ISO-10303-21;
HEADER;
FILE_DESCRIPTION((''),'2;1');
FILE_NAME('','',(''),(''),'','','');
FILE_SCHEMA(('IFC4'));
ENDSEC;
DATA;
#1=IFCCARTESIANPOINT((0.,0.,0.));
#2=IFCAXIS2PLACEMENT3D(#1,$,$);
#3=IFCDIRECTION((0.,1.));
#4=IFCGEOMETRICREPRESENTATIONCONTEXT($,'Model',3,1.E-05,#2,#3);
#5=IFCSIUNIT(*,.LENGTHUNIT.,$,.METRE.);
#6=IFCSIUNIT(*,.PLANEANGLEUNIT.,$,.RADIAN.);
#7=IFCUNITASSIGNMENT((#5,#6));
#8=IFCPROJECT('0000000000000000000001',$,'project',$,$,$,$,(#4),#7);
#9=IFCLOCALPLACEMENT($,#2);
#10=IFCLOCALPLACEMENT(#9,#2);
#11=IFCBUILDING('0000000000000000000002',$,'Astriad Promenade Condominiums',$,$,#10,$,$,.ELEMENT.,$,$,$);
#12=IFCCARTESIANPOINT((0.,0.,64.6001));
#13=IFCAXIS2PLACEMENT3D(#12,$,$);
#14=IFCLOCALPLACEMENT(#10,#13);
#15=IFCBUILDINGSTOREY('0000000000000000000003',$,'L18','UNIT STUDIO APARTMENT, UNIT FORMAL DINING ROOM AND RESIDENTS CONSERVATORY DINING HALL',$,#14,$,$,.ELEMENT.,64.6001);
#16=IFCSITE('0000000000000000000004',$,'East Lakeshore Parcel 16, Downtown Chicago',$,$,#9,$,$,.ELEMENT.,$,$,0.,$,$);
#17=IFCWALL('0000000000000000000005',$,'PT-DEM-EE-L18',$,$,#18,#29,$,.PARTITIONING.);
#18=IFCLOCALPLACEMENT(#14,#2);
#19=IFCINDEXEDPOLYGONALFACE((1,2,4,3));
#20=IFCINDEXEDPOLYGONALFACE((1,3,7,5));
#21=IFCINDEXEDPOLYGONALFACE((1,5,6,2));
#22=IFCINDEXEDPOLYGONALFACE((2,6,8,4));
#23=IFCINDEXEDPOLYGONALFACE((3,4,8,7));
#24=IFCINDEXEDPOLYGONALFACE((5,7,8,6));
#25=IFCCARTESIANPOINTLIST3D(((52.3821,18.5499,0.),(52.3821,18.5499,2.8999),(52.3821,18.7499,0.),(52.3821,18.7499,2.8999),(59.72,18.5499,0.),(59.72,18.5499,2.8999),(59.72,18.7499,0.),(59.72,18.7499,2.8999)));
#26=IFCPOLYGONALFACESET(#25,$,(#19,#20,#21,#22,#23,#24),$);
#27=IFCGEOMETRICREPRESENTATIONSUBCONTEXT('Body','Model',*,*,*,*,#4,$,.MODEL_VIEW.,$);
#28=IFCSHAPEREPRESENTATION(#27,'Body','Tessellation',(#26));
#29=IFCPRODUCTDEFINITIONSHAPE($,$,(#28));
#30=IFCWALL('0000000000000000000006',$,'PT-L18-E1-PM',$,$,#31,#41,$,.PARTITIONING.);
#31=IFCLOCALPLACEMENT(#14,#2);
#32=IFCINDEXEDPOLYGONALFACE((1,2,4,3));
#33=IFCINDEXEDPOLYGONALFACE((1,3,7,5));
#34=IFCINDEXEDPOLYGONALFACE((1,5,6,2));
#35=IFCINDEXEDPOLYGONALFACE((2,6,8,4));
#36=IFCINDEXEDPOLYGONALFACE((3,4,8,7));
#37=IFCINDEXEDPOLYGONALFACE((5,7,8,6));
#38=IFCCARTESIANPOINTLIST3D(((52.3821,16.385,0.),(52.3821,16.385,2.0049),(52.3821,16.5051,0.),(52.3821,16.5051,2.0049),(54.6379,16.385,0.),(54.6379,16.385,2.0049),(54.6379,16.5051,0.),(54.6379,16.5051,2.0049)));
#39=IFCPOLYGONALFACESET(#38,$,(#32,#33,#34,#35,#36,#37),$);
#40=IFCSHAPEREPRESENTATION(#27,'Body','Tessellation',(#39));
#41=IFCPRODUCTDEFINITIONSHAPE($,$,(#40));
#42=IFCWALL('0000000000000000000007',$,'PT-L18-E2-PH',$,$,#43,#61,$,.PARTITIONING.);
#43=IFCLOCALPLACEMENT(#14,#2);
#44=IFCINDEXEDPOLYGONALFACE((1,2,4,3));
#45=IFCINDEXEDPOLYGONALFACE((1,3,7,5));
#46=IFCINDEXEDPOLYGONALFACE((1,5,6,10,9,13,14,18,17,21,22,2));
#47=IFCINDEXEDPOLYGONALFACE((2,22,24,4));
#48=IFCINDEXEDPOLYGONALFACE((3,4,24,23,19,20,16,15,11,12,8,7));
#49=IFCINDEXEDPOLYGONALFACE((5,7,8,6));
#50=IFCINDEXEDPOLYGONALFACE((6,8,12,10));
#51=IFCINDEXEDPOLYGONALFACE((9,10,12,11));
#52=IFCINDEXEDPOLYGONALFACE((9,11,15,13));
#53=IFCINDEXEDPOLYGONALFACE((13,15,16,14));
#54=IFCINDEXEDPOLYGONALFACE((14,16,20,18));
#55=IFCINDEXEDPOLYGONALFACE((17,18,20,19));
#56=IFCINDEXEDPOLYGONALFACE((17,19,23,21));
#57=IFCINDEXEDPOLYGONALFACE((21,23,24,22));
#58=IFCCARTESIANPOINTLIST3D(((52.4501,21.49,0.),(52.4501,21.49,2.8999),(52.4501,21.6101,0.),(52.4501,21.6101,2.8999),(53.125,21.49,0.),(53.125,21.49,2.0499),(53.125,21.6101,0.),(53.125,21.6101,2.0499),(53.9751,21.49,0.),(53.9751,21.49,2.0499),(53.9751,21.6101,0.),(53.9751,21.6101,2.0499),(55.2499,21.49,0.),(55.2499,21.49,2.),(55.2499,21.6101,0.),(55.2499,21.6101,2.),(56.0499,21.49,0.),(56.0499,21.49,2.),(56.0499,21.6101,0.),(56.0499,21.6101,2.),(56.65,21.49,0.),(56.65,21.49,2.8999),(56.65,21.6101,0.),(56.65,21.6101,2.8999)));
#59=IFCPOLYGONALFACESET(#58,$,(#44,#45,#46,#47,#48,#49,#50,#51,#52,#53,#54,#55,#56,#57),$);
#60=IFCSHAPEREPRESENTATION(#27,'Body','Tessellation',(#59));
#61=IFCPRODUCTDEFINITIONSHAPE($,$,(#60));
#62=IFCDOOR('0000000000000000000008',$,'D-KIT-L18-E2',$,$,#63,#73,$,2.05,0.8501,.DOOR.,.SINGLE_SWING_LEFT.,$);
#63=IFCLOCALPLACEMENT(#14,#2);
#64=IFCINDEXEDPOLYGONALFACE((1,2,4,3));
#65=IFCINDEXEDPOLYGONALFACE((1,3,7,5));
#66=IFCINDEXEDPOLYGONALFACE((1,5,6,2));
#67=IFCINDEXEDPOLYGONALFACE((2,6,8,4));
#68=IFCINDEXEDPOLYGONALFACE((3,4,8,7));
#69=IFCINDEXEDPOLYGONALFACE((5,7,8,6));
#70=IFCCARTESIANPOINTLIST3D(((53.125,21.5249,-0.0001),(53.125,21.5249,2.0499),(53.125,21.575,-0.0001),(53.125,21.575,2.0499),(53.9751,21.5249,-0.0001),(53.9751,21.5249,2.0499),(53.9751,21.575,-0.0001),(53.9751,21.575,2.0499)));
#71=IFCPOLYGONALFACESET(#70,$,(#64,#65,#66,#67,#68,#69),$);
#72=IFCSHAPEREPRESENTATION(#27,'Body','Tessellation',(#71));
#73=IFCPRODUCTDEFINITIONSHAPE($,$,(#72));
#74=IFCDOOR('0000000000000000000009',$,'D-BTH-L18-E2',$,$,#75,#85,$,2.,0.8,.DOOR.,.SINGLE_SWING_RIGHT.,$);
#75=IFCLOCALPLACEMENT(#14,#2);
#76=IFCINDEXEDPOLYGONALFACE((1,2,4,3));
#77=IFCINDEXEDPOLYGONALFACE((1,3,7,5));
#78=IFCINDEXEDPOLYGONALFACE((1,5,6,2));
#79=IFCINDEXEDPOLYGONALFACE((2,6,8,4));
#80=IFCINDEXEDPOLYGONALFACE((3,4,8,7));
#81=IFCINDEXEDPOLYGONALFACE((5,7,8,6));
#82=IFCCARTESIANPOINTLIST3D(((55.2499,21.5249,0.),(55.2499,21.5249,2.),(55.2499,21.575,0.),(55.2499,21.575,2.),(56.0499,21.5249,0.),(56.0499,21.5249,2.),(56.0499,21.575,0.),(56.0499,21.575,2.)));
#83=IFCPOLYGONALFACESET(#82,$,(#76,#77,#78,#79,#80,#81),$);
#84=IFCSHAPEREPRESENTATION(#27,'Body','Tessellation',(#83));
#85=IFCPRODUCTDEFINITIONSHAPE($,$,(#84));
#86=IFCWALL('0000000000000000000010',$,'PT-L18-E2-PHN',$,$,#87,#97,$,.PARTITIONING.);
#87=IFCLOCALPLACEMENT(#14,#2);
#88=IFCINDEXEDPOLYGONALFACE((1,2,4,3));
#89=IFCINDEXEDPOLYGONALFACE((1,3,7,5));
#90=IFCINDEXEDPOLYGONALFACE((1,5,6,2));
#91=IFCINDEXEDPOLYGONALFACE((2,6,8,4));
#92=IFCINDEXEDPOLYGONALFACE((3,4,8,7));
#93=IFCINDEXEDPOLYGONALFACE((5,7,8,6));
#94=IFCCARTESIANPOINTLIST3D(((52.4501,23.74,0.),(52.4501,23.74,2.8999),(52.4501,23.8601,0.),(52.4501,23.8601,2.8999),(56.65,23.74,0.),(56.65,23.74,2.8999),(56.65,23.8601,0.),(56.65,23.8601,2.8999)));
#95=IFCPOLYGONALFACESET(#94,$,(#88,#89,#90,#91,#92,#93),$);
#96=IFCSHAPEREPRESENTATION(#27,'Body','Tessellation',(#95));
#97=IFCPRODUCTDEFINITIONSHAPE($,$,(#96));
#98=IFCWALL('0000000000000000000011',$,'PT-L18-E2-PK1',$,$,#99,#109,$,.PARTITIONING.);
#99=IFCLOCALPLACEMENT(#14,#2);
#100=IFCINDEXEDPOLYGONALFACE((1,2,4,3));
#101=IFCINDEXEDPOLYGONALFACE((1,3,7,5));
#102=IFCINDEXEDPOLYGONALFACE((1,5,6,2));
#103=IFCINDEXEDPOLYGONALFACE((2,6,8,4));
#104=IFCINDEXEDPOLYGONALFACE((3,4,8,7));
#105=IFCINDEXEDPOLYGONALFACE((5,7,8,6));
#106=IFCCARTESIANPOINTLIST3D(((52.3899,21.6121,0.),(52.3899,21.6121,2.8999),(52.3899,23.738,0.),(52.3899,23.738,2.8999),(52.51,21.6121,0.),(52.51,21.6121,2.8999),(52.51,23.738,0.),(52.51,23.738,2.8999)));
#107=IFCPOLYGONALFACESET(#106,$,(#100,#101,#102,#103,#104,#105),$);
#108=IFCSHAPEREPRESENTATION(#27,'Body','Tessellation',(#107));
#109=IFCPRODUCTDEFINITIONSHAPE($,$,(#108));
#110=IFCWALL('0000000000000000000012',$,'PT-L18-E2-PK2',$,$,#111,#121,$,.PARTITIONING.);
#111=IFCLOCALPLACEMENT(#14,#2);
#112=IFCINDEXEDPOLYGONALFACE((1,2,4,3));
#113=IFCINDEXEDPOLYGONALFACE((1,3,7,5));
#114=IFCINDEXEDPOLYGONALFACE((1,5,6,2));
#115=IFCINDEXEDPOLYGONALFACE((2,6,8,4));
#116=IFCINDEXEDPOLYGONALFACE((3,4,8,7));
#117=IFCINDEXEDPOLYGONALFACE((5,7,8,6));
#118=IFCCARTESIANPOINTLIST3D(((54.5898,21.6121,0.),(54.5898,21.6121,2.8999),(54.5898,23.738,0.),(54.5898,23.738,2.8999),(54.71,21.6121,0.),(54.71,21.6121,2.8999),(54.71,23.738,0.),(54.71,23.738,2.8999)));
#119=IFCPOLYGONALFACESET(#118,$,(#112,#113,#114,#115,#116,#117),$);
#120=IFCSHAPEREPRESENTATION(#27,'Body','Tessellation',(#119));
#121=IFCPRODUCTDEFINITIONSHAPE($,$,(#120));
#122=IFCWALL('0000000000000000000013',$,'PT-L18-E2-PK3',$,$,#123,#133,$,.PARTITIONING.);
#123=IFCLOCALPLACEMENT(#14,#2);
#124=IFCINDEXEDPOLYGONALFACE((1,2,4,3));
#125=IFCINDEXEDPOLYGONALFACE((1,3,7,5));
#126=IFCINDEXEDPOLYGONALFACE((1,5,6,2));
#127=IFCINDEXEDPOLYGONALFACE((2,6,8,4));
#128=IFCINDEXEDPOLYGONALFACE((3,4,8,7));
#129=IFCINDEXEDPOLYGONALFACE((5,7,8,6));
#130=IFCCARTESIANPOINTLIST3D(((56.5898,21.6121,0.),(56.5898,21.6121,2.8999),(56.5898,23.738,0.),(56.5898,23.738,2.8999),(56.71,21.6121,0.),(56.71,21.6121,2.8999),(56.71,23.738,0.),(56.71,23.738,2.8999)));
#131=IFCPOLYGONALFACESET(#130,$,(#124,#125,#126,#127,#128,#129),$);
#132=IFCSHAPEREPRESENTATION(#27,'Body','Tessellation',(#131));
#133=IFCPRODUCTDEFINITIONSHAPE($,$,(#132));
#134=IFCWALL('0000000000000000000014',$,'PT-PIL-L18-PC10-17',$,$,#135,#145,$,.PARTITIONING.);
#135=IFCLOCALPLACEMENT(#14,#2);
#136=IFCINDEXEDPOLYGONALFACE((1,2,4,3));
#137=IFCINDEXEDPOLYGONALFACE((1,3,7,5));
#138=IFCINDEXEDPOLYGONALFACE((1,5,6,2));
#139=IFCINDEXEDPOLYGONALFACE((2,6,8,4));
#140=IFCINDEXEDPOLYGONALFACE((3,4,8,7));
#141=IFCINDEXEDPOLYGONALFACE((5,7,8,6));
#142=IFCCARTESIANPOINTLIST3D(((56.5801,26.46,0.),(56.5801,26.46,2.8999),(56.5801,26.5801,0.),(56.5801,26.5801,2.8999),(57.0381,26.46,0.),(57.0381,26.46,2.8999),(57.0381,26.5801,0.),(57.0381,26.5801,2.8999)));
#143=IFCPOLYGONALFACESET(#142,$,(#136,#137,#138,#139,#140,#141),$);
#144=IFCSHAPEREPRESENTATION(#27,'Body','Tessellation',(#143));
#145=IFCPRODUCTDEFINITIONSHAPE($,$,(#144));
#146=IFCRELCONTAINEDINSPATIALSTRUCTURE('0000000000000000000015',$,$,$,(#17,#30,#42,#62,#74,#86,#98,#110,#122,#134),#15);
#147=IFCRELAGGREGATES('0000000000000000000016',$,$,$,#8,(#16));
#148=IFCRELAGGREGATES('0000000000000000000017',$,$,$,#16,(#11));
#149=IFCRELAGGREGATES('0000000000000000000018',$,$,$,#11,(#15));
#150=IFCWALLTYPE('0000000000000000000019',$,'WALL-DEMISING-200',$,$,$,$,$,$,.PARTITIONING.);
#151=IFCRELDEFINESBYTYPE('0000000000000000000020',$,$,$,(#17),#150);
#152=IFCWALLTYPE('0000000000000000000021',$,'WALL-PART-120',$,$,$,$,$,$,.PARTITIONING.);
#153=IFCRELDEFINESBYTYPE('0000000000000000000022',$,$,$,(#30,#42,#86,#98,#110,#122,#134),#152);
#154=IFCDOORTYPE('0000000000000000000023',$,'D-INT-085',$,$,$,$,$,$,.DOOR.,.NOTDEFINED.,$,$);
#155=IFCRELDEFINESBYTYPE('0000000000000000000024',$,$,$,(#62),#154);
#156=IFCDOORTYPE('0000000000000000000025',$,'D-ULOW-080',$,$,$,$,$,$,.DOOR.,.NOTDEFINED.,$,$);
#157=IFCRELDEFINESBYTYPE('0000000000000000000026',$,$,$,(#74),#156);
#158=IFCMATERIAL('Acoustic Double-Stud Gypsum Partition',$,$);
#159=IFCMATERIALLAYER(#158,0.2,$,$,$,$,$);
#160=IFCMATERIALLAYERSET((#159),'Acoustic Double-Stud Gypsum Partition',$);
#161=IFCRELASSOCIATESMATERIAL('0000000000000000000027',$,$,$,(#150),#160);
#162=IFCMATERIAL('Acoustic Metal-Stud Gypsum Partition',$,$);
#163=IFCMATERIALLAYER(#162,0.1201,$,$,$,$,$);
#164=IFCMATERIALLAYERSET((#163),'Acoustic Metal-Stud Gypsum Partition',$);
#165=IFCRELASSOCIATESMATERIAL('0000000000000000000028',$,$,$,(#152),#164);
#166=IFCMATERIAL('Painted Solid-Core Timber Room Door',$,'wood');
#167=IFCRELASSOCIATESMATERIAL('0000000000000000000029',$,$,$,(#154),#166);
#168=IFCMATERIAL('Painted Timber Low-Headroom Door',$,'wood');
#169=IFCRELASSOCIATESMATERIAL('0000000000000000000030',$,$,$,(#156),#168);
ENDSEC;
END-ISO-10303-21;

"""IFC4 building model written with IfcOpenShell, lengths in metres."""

from ifc_helpers import new_model, si_unit, direction, frame, frame_2d, origin, place, context, subcontext, project, spatial, rectangle, extrude, source, transform, mapped, material, layer, layer_set, type_object, type_shapes, element, fill, save


model = new_model("IFC4")

# Units and contexts
model_context = context("Model", 3, precision=1e-05, world=origin(), true_north=direction((0.0, 1.0)))
body_context = subcontext(model_context, "Body", "Model", "MODEL_VIEW")
ifc_project = project(units=[si_unit("LENGTHUNIT", "METRE"), si_unit("PLANEANGLEUNIT", "RADIAN")], contexts=[model_context])

# Site, building, storey
site_placement = place(None, origin())
site = spatial("IfcSite", under=ifc_project, at=site_placement, Name="East Lakeshore Parcel 16, Downtown Chicago", CompositionType="ELEMENT", RefElevation=0.0)
building_placement = place(site_placement, origin())
building = spatial("IfcBuilding", under=site, at=building_placement, Name="Astriad Promenade Condominiums", CompositionType="ELEMENT")
storey_placement = place(building_placement, frame((0.0, 0.0, 64.6001)))
storey = spatial("IfcBuildingStorey", under=building, at=storey_placement, Name="L18", Description="UNIT STUDIO APARTMENT, UNIT FORMAL DINING ROOM AND RESIDENTS CONSERVATORY DINING HALL", CompositionType="ELEMENT", Elevation=64.6001)

# Walls
ifc_material_1 = material(Name="Acoustic Double-Stud Gypsum Partition")
ifc_layer_1 = layer(ifc_material_1, 0.2)
ifc_layer_set_1 = layer_set([ifc_layer_1], Name="Acoustic Double-Stud Gypsum Partition")
wall_type_1 = type_object("IfcWallType", Name="WALL-DEMISING-200", PredefinedType="PARTITIONING", material=ifc_layer_set_1)
wall_1_placement = place(storey_placement, frame((52.3821, 18.6499, 0.0), z_axis=(0.0, 0.0, 1.0), x_axis=(1.0, 0.0, 0.0)))
element("IfcWall", 1, at=wall_1_placement, inside=storey, type_object=wall_type_1, Name="PT-DEM-EE-L18", PredefinedType="PARTITIONING", context=body_context, shape_type="SweptSolid", body=[
    extrude(rectangle(XDim=7.3379, YDim=0.2, at=frame_2d((3.6689, 0.0))), origin(), (0.0, 0.0, 1.0), 2.8999),
])
ifc_material_2 = material(Name="Acoustic Metal-Stud Gypsum Partition")
ifc_layer_2 = layer(ifc_material_2, 0.1201)
ifc_layer_set_2 = layer_set([ifc_layer_2], Name="Acoustic Metal-Stud Gypsum Partition")
wall_type_2 = type_object("IfcWallType", Name="WALL-PART-120", PredefinedType="PARTITIONING", material=ifc_layer_set_2)
wall_2_placement = place(storey_placement, frame((52.3821, 16.4451, 0.0), z_axis=(0.0, 0.0, 1.0), x_axis=(1.0, 0.0, 0.0)))
element("IfcWall", 2, at=wall_2_placement, inside=storey, type_object=wall_type_2, Name="PT-L18-E1-PM", PredefinedType="PARTITIONING", context=body_context, shape_type="SweptSolid", body=[
    extrude(rectangle(XDim=2.2559, YDim=0.1201, at=frame_2d((1.1279, 0.0))), origin(), (0.0, 0.0, 1.0), 2.0049),
])

# Wall, openings, doors
wall_3_placement = place(storey_placement, frame((52.45, 21.55, 0.0), z_axis=(0.0, 0.0, 1.0), x_axis=(1.0, 0.0, 0.0)))
wall_3 = element("IfcWall", 3, at=wall_3_placement, inside=storey, type_object=wall_type_2, Name="PT-L18-E2-PH", PredefinedType="PARTITIONING", context=body_context, shape_type="SweptSolid", body=[
    extrude(rectangle(XDim=4.2, YDim=0.1201, at=frame_2d((2.1001, 0.0))), origin(), (0.0, 0.0, 1.0), 2.8999),
])
opening_1_placement = place(wall_3_placement, frame((0.675, 0.0, 0.0)))
opening_1 = element("IfcOpeningElement", 4, at=opening_1_placement, cuts=wall_3, PredefinedType="OPENING", context=body_context, shape_type="SweptSolid", body=[
    extrude(rectangle(XDim=0.8501, YDim=2.05, at=frame_2d((0.425, 1.0249))), frame((0.0, 0.0701, 0.0), z_axis=(0.0, -1.0, 0.0), x_axis=(1.0, 0.0, 0.0)), (0.0, 0.0, 1.0), 0.1401),
])
opening_2_placement = place(wall_3_placement, frame((2.8, 0.0, 0.0)))
opening_2 = element("IfcOpeningElement", 5, at=opening_2_placement, cuts=wall_3, PredefinedType="OPENING", context=body_context, shape_type="SweptSolid", body=[
    extrude(rectangle(XDim=0.8, YDim=2.0, at=frame_2d((0.3999, 1.0))), frame((0.0, 0.0701, 0.0), z_axis=(0.0, -1.0, 0.0), x_axis=(1.0, 0.0, 0.0)), (0.0, 0.0, 1.0), 0.1401),
])
ifc_material_3 = material(Name="Painted Solid-Core Timber Room Door", Category="wood")
door_type_1 = type_object("IfcDoorType", Name="D-INT-085", OperationType="NOTDEFINED", PredefinedType="DOOR", material=ifc_material_3)
shared_shape_1 = source(origin(), body_context, "Body", "SweptSolid", [
    extrude(rectangle(XDim=0.8501, YDim=2.05, at=frame_2d((0.425, 1.0249))), frame((0.0, 0.0249, 0.0), z_axis=(0.0, -1.0, 0.0), x_axis=(1.0, 0.0, 0.0)), (0.0, 0.0, 1.0), 0.05),
])
type_shapes(door_type_1, [shared_shape_1])
door_1_placement = place(opening_1_placement, origin())
door_1 = element("IfcDoor", 6, at=door_1_placement, inside=storey, type_object=door_type_1, Name="D-KIT-L18-E2", OperationType="SINGLE_SWING_LEFT", OverallHeight=2.05, OverallWidth=0.8501, PredefinedType="DOOR", context=body_context, shape_type="MappedRepresentation", body=[
    mapped(shared_shape_1, transform((0.0, 0.0, 0.0), scale=1.0)),
])
fill(opening_1, door_1)
ifc_material_4 = material(Name="Painted Timber Low-Headroom Door", Category="wood")
door_type_2 = type_object("IfcDoorType", Name="D-ULOW-080", OperationType="NOTDEFINED", PredefinedType="DOOR", material=ifc_material_4)
shared_shape_2 = source(origin(), body_context, "Body", "SweptSolid", [
    extrude(rectangle(XDim=0.8, YDim=2.0, at=frame_2d((0.3999, 1.0))), frame((0.0, 0.0249, 0.0), z_axis=(0.0, -1.0, 0.0), x_axis=(1.0, 0.0, 0.0)), (0.0, 0.0, 1.0), 0.05),
])
type_shapes(door_type_2, [shared_shape_2])
door_2_placement = place(opening_2_placement, origin())
door_2 = element("IfcDoor", 7, at=door_2_placement, inside=storey, type_object=door_type_2, Name="D-BTH-L18-E2", OperationType="SINGLE_SWING_RIGHT", OverallHeight=2.0, OverallWidth=0.8, PredefinedType="DOOR", context=body_context, shape_type="MappedRepresentation", body=[
    mapped(shared_shape_2, transform((0.0, 0.0, 0.0), scale=1.0)),
])
fill(opening_2, door_2)

# Walls
wall_4_placement = place(storey_placement, frame((52.45, 23.8, 0.0), z_axis=(0.0, 0.0, 1.0), x_axis=(1.0, 0.0, 0.0)))
element("IfcWall", 8, at=wall_4_placement, inside=storey, type_object=wall_type_2, Name="PT-L18-E2-PHN", PredefinedType="PARTITIONING", context=body_context, shape_type="SweptSolid", body=[
    extrude(rectangle(XDim=4.2, YDim=0.1201, at=frame_2d((2.1001, 0.0))), origin(), (0.0, 0.0, 1.0), 2.8999),
])
for number, where, z_axis, x_axis, name in (
    (9, (52.45, 21.6121, 0.0), (0.0, 0.0, 1.0), (0.0, 1.0, 0.0), "PT-L18-E2-PK1"),
    (10, (54.6499, 21.6121, 0.0), (0.0, 0.0, 1.0), (0.0, 1.0, 0.0), "PT-L18-E2-PK2"),
    (11, (56.6499, 21.6121, 0.0), (0.0, 0.0, 1.0), (0.0, 1.0, 0.0), "PT-L18-E2-PK3"),
):
    element("IfcWall", number, at=place(storey_placement, frame(where, z_axis=z_axis, x_axis=x_axis)), inside=storey, type_object=wall_type_2, Name=name, PredefinedType="PARTITIONING", context=body_context, shape_type="SweptSolid", body=[
        extrude(rectangle(XDim=2.126, YDim=0.1201, at=frame_2d((1.063, 0.0))), origin(), (0.0, 0.0, 1.0), 2.8999),
    ])
wall_5_placement = place(storey_placement, frame((56.5801, 26.52, 0.0), z_axis=(0.0, 0.0, 1.0), x_axis=(1.0, 0.0, 0.0)))
element("IfcWall", 12, at=wall_5_placement, inside=storey, type_object=wall_type_2, Name="PT-PIL-L18-PC10-17", PredefinedType="PARTITIONING", context=body_context, shape_type="SweptSolid", body=[
    extrude(rectangle(XDim=0.458, YDim=0.1201, at=frame_2d((0.229, 0.0))), origin(), (0.0, 0.0, 1.0), 2.8999),
])

save(model, "model.ifc")
